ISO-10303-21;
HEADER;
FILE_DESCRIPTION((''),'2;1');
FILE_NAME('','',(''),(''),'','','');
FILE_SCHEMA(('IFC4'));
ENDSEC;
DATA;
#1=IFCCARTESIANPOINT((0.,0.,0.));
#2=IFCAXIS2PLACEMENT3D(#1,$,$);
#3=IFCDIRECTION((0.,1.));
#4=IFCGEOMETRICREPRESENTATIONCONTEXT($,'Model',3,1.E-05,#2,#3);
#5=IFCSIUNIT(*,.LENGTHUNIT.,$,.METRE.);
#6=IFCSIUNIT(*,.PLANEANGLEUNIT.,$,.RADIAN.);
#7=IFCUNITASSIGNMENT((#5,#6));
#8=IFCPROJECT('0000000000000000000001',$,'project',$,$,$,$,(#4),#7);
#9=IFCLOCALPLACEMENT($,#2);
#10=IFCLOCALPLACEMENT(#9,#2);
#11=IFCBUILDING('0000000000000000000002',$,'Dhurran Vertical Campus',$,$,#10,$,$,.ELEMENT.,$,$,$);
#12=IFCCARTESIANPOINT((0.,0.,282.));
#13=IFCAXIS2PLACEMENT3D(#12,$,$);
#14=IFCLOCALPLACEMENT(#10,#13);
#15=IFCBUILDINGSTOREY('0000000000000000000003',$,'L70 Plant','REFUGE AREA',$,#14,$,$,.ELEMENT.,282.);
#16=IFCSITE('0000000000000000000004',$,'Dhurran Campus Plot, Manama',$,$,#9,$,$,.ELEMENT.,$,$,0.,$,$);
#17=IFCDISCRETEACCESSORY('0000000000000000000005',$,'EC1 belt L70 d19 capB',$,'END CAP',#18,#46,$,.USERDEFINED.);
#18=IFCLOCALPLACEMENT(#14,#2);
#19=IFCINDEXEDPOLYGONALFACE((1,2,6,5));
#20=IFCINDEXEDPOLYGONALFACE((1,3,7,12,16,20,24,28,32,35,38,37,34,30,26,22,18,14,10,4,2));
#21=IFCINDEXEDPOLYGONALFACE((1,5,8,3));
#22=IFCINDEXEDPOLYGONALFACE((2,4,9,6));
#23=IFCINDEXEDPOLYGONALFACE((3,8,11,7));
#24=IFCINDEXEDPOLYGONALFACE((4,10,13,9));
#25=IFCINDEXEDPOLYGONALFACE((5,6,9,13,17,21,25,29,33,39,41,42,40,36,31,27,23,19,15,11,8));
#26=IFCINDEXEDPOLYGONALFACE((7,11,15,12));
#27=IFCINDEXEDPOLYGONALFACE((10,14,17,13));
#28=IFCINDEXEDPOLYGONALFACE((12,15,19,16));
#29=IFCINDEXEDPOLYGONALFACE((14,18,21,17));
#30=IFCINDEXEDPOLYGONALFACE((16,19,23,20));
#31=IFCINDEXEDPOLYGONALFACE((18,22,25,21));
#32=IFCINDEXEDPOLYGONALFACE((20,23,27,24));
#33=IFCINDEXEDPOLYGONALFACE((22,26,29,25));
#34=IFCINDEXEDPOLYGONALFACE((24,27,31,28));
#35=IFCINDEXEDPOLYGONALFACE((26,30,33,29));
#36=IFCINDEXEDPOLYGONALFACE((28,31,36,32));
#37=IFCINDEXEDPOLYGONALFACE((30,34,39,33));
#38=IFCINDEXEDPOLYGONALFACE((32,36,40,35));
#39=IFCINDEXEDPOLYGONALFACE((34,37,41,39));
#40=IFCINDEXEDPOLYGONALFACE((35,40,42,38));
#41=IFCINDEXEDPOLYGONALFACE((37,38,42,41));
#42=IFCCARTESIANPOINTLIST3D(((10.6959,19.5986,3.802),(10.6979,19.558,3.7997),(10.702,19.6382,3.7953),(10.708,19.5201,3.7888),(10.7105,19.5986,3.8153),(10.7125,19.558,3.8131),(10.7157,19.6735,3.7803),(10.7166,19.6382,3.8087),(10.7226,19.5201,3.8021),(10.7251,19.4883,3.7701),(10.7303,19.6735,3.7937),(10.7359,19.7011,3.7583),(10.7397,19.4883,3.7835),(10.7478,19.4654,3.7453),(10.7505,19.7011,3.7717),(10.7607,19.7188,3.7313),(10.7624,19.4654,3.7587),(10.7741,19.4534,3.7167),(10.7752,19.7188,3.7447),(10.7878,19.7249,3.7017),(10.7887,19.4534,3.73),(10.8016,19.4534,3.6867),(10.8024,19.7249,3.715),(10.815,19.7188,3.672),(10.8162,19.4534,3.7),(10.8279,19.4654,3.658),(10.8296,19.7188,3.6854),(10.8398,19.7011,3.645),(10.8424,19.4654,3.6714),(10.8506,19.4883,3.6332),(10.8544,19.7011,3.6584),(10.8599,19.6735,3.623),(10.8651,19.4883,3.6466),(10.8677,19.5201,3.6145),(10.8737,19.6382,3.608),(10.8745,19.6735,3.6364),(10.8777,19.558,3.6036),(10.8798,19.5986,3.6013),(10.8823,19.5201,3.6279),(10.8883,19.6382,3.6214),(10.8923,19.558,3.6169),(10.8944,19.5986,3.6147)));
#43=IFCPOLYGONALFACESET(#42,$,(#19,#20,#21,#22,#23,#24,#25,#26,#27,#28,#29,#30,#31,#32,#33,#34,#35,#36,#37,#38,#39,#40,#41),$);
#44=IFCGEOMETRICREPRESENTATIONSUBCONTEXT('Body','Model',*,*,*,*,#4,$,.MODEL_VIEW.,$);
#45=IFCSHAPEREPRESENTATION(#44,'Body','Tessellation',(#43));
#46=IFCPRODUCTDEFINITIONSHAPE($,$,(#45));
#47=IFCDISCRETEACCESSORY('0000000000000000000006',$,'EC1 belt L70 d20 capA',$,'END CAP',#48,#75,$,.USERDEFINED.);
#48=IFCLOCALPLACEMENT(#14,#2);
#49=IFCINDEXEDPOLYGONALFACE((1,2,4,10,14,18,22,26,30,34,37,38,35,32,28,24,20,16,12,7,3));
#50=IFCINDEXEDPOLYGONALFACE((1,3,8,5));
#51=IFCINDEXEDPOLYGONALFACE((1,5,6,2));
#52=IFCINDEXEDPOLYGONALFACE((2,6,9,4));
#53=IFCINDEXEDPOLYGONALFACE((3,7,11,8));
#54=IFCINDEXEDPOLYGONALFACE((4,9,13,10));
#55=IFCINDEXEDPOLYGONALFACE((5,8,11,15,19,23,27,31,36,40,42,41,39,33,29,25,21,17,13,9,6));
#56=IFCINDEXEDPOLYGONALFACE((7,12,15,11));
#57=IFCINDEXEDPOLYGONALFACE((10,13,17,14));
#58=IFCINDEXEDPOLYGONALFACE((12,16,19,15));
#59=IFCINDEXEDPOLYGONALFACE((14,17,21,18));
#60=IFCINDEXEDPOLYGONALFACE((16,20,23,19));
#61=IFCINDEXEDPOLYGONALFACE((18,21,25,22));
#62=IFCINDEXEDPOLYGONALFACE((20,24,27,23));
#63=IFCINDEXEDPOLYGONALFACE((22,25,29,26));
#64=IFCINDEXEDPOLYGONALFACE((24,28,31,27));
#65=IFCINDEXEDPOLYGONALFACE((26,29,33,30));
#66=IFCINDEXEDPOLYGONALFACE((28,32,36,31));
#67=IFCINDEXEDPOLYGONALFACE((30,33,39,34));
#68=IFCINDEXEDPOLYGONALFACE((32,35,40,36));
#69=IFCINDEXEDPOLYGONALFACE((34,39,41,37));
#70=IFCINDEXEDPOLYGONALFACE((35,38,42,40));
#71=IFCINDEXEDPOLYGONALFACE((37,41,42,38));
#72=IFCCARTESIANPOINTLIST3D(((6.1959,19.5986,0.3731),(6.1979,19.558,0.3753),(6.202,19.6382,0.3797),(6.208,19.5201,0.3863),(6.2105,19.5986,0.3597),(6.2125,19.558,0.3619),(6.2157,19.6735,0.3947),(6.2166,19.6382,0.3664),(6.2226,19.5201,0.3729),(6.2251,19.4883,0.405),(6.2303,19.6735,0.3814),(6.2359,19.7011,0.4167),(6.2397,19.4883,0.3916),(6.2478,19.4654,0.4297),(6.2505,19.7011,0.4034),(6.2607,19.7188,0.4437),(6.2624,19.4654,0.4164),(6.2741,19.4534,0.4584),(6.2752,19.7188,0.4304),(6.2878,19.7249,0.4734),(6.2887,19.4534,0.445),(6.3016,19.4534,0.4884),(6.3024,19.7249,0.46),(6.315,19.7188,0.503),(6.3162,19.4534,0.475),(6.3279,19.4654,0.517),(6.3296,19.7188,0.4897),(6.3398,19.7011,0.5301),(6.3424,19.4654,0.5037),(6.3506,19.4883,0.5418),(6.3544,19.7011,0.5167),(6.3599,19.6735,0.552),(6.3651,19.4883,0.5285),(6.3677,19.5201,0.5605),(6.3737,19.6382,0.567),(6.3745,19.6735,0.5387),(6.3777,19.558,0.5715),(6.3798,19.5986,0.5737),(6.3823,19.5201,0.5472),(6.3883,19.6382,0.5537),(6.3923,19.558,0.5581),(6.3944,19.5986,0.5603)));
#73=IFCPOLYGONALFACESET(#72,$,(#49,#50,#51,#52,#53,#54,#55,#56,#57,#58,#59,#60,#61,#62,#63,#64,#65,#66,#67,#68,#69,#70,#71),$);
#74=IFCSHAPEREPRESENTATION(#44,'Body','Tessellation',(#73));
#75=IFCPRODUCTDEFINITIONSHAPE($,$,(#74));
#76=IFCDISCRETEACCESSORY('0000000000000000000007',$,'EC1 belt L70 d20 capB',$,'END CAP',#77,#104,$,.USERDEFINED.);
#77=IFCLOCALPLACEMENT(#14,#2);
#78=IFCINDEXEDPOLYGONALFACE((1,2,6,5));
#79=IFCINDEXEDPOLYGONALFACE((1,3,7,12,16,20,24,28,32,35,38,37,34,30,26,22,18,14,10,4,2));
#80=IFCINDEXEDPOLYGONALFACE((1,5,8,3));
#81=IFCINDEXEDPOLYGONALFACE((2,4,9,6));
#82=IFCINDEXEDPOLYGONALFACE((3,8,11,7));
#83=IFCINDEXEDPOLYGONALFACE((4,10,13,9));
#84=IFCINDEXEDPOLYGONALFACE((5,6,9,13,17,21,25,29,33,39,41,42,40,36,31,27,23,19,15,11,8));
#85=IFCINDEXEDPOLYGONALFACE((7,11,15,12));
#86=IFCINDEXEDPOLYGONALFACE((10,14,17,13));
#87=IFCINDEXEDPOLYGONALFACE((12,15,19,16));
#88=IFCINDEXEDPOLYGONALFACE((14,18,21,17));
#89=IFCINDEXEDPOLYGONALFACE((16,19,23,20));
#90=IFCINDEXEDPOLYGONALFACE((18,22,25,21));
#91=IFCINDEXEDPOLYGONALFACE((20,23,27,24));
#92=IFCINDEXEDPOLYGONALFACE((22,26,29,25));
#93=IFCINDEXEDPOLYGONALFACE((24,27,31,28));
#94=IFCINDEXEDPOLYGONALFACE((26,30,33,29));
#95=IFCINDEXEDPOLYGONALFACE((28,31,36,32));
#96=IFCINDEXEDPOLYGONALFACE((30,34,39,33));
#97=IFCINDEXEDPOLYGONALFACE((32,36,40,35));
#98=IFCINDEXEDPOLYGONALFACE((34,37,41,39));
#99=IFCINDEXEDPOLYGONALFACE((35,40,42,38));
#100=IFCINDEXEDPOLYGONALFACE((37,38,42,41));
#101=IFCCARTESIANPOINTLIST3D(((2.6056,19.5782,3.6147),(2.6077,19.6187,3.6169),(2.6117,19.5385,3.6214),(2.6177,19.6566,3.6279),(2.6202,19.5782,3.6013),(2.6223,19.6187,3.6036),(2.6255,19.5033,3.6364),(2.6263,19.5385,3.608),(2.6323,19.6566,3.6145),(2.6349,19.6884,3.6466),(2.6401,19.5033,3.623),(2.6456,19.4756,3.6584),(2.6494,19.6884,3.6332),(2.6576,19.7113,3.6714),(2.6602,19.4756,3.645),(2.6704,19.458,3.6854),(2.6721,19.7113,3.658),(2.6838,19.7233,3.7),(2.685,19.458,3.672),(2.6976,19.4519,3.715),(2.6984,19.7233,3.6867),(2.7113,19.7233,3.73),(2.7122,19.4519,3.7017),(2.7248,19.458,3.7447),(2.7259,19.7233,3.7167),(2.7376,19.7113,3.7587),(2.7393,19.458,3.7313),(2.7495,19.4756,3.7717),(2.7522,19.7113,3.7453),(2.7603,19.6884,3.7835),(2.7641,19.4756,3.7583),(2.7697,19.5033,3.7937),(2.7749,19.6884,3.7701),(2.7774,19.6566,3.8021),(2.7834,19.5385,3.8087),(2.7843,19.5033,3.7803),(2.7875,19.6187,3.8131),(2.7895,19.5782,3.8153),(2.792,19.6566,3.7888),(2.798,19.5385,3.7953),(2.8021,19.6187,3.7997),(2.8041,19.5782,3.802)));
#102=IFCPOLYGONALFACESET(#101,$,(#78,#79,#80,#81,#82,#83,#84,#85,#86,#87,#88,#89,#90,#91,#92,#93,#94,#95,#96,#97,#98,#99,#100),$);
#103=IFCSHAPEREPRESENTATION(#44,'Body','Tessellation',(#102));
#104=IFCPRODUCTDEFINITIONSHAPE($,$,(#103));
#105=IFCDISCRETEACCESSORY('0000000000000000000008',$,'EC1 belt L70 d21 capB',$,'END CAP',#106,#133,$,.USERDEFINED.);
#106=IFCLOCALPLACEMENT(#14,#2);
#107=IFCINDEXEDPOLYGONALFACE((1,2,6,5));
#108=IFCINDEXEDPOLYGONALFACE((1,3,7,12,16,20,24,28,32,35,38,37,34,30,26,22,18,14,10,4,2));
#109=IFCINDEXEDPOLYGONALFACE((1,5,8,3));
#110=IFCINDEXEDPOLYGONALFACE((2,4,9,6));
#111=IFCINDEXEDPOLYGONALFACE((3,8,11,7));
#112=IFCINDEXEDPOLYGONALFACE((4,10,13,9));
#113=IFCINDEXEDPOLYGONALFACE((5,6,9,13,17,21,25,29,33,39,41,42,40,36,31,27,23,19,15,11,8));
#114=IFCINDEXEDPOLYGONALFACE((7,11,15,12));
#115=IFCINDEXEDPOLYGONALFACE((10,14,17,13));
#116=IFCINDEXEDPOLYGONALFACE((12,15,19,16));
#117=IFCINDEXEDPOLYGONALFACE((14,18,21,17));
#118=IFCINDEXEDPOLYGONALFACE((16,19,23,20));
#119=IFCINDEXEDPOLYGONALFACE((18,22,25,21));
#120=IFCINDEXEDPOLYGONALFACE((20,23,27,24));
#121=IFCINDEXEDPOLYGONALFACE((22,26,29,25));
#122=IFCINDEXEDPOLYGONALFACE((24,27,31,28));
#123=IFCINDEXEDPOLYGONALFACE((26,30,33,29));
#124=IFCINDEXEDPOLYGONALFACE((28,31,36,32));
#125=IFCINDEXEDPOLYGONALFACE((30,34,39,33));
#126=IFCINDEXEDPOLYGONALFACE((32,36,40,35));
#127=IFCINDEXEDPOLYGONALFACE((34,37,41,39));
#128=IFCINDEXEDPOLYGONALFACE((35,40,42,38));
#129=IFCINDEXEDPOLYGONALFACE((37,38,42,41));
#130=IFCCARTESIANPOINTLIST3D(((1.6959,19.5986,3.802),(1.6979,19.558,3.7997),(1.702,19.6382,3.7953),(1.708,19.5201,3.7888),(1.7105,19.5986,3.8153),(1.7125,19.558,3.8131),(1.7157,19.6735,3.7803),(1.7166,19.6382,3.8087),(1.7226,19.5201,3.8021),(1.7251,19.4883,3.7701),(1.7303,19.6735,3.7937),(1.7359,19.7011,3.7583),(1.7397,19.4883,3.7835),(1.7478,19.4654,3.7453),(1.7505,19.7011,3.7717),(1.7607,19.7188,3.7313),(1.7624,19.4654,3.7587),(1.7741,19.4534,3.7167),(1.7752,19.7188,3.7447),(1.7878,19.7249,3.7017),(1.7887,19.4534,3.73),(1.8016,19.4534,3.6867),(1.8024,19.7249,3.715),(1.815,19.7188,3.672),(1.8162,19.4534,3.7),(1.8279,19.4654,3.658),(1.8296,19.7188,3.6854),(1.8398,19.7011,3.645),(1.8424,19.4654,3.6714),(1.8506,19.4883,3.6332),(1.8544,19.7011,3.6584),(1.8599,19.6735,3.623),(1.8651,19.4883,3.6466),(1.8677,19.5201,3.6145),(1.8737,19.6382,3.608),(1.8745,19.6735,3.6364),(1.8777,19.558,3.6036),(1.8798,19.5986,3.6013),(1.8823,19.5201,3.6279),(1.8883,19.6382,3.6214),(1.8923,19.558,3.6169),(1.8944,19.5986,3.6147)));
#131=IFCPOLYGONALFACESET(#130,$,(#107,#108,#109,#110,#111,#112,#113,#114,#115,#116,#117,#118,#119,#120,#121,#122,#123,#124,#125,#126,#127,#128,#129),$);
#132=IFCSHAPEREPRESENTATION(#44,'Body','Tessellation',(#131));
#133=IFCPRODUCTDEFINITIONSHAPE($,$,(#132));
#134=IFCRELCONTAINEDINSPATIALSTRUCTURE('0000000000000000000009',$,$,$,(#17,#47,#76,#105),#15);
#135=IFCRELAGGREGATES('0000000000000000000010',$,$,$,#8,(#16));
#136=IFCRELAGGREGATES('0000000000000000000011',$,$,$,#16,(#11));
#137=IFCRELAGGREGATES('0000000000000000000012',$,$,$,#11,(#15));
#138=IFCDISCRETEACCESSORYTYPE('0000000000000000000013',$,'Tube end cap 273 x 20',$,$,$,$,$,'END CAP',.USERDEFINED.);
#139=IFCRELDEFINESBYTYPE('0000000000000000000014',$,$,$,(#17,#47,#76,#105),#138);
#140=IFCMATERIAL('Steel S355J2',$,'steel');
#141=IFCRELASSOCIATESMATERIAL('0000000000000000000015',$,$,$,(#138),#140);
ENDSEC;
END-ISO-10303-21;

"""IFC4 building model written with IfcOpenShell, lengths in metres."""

from ifc_helpers import new_model, si_unit, direction, frame, origin, origin_2d, place, context, subcontext, project, spatial, circle, extrude, material, material_profile, profile_set, type_object, element, save


model = new_model("IFC4")

# Units and contexts
model_context = context("Model", 3, precision=1e-05, world=origin(), true_north=direction((0.0, 1.0)))
body_context = subcontext(model_context, "Body", "Model", "MODEL_VIEW")
ifc_project = project(units=[si_unit("LENGTHUNIT", "METRE"), si_unit("PLANEANGLEUNIT", "RADIAN")], contexts=[model_context])

# Site, building, storey
site_placement = place(None, origin())
site = spatial("IfcSite", under=ifc_project, at=site_placement, Name="Dhurran Campus Plot, Manama", CompositionType="ELEMENT", RefElevation=0.0)
building_placement = place(site_placement, origin())
building = spatial("IfcBuilding", under=site, at=building_placement, Name="Dhurran Vertical Campus", CompositionType="ELEMENT")
storey_placement = place(building_placement, frame((0.0, 0.0, 282.0)))
storey = spatial("IfcBuildingStorey", under=building, at=storey_placement, Name="L70 Plant", Description="REFUGE AREA", CompositionType="ELEMENT", Elevation=282.0)

# Discrete accessories
ifc_material_1 = material(Name="Steel S355J2", Category="steel")
ifc_material_profile_1 = material_profile(ifc_material_1, circle(Radius=0.1365, at=origin_2d()), Name="Tube end cap 273 x 20")
ifc_profile_set_1 = profile_set([ifc_material_profile_1], Name="Steel S355J2")
discrete_accessory_type = type_object("IfcDiscreteAccessoryType", Name="Tube end cap 273 x 20", ElementType="END CAP", PredefinedType="USERDEFINED", material=ifc_profile_set_1)
for number, where, z_axis, x_axis, name in (
    (1, (10.7878, 19.5884, 3.7017), (0.737154, 0.0, 0.675725), (0.0, 1.0, 0.0), "EC1 belt L70 d19 capB"),
    (2, (6.2878, 19.5884, 0.4734), (0.737154, 0.0, -0.675725), (0.0, 1.0, 0.0), "EC1 belt L70 d20 capA"),
    (3, (2.7122, 19.5884, 3.7017), (-0.737154, 0.0, 0.675725), (0.0, -1.0, 0.0), "EC1 belt L70 d20 capB"),
    (4, (1.7878, 19.5884, 3.7017), (0.737154, 0.0, 0.675725), (0.0, 1.0, 0.0), "EC1 belt L70 d21 capB"),
):
    element("IfcDiscreteAccessory", number, at=place(storey_placement, frame(where, z_axis=z_axis, x_axis=x_axis)), inside=storey, type_object=discrete_accessory_type, Name=name, ObjectType="END CAP", PredefinedType="USERDEFINED", context=body_context, shape_type="SweptSolid", body=[
        extrude(circle(Radius=0.1365, at=origin_2d()), origin(), (0.0, 0.0, 1.0), 0.0198),
    ])

save(model, "model.ifc")
